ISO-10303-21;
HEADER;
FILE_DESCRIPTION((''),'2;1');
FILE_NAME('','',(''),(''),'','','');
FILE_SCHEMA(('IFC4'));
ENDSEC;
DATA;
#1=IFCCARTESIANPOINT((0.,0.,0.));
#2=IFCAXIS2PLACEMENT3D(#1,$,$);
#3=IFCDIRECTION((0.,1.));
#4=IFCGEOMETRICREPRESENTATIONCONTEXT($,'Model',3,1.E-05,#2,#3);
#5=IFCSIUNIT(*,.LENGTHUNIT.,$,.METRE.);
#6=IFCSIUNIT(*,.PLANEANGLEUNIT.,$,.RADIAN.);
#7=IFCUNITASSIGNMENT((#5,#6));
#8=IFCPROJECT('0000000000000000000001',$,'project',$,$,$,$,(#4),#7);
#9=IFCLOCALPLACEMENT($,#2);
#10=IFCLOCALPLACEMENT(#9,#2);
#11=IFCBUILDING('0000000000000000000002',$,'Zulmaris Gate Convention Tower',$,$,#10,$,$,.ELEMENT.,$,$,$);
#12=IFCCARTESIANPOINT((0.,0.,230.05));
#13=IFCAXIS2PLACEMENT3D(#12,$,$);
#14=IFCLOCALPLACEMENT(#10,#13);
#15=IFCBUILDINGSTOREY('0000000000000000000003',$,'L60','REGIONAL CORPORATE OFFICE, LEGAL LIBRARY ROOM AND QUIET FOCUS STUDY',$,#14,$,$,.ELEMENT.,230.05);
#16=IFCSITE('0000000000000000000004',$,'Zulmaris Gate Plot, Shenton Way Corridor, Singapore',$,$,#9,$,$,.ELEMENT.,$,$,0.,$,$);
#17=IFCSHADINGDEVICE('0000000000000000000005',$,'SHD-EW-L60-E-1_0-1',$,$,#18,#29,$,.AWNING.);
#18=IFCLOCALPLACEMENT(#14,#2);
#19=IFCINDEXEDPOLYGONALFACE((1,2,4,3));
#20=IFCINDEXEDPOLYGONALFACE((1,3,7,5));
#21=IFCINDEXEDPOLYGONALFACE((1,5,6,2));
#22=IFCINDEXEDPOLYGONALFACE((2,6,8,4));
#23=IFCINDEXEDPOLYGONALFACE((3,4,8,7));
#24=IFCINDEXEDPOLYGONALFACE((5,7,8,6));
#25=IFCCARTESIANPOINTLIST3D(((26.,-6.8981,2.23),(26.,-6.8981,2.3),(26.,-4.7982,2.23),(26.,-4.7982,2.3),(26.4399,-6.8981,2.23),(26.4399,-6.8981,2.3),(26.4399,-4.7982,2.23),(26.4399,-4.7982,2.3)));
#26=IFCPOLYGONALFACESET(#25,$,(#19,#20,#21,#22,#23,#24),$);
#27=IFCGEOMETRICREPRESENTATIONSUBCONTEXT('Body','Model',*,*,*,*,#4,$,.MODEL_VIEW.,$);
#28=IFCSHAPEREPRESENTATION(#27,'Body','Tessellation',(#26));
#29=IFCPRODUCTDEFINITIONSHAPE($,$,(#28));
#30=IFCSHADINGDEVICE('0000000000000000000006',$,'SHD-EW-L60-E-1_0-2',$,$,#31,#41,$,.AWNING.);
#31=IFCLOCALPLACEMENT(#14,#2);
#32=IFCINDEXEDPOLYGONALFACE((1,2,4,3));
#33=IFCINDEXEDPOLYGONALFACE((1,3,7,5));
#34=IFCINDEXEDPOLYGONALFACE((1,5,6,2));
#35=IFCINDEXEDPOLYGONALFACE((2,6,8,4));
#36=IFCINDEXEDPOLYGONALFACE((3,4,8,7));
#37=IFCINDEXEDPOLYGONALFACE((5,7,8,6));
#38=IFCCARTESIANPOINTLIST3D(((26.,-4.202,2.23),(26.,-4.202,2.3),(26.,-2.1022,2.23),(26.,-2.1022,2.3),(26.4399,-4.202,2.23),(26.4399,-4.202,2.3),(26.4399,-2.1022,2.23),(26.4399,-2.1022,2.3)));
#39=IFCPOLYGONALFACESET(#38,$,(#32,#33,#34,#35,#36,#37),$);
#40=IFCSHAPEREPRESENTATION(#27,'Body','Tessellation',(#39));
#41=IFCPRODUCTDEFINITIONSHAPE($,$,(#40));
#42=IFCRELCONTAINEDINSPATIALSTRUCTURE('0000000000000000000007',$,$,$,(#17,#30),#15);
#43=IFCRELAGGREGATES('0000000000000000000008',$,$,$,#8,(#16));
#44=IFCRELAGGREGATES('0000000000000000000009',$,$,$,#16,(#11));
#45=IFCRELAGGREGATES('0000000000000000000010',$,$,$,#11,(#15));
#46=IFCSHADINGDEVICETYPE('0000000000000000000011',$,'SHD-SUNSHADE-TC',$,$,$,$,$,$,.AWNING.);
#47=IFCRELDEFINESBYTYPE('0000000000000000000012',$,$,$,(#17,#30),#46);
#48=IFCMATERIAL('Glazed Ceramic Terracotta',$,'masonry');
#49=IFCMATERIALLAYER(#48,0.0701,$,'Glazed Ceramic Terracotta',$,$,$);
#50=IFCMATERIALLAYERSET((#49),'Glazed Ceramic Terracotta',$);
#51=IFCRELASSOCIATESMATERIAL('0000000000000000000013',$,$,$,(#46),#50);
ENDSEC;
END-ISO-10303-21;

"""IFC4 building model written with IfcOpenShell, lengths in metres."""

from ifc_helpers import new_model, si_unit, direction, frame, frame_2d, origin, place, context, subcontext, project, spatial, rectangle, extrude, material, layer, layer_set, type_object, element, save


model = new_model("IFC4")

# Units and contexts
model_context = context("Model", 3, precision=1e-05, world=origin(), true_north=direction((0.0, 1.0)))
body_context = subcontext(model_context, "Body", "Model", "MODEL_VIEW")
ifc_project = project(units=[si_unit("LENGTHUNIT", "METRE"), si_unit("PLANEANGLEUNIT", "RADIAN")], contexts=[model_context])

# Site, building, storey
site_placement = place(None, origin())
site = spatial("IfcSite", under=ifc_project, at=site_placement, Name="Zulmaris Gate Plot, Shenton Way Corridor, Singapore", CompositionType="ELEMENT", RefElevation=0.0)
building_placement = place(site_placement, origin())
building = spatial("IfcBuilding", under=site, at=building_placement, Name="Zulmaris Gate Convention Tower", CompositionType="ELEMENT")
storey_placement = place(building_placement, frame((0.0, 0.0, 230.05)))
storey = spatial("IfcBuildingStorey", under=building, at=storey_placement, Name="L60", Description="REGIONAL CORPORATE OFFICE, LEGAL LIBRARY ROOM AND QUIET FOCUS STUDY", CompositionType="ELEMENT", Elevation=230.05)

# Shading devices
ifc_material_1 = material(Name="Glazed Ceramic Terracotta", Category="masonry")
ifc_layer_1 = layer(ifc_material_1, 0.0701, Name="Glazed Ceramic Terracotta")
ifc_layer_set_1 = layer_set([ifc_layer_1], Name="Glazed Ceramic Terracotta")
shading_device_type = type_object("IfcShadingDeviceType", Name="SHD-SUNSHADE-TC", PredefinedType="AWNING", material=ifc_layer_set_1)
for number, where, z_axis, x_axis, name in (
    (1, (26.22, -6.8979, 2.23), (0.0, 0.0, 1.0), (0.0, 1.0, 0.0), "SHD-EW-L60-E-1_0-1"),
    (2, (26.22, -4.2019, 2.23), (0.0, 0.0, 1.0), (0.0, 1.0, 0.0), "SHD-EW-L60-E-1_0-2"),
):
    element("IfcShadingDevice", number, at=place(storey_placement, frame(where, z_axis=z_axis, x_axis=x_axis)), inside=storey, type_object=shading_device_type, Name=name, PredefinedType="AWNING", context=body_context, shape_type="SweptSolid", body=[
        extrude(rectangle(XDim=2.0999, YDim=0.4399, at=frame_2d((1.0498, 0.0))), origin(), (0.0, 0.0, 1.0), 0.0701),
    ])

save(model, "model.ifc")
